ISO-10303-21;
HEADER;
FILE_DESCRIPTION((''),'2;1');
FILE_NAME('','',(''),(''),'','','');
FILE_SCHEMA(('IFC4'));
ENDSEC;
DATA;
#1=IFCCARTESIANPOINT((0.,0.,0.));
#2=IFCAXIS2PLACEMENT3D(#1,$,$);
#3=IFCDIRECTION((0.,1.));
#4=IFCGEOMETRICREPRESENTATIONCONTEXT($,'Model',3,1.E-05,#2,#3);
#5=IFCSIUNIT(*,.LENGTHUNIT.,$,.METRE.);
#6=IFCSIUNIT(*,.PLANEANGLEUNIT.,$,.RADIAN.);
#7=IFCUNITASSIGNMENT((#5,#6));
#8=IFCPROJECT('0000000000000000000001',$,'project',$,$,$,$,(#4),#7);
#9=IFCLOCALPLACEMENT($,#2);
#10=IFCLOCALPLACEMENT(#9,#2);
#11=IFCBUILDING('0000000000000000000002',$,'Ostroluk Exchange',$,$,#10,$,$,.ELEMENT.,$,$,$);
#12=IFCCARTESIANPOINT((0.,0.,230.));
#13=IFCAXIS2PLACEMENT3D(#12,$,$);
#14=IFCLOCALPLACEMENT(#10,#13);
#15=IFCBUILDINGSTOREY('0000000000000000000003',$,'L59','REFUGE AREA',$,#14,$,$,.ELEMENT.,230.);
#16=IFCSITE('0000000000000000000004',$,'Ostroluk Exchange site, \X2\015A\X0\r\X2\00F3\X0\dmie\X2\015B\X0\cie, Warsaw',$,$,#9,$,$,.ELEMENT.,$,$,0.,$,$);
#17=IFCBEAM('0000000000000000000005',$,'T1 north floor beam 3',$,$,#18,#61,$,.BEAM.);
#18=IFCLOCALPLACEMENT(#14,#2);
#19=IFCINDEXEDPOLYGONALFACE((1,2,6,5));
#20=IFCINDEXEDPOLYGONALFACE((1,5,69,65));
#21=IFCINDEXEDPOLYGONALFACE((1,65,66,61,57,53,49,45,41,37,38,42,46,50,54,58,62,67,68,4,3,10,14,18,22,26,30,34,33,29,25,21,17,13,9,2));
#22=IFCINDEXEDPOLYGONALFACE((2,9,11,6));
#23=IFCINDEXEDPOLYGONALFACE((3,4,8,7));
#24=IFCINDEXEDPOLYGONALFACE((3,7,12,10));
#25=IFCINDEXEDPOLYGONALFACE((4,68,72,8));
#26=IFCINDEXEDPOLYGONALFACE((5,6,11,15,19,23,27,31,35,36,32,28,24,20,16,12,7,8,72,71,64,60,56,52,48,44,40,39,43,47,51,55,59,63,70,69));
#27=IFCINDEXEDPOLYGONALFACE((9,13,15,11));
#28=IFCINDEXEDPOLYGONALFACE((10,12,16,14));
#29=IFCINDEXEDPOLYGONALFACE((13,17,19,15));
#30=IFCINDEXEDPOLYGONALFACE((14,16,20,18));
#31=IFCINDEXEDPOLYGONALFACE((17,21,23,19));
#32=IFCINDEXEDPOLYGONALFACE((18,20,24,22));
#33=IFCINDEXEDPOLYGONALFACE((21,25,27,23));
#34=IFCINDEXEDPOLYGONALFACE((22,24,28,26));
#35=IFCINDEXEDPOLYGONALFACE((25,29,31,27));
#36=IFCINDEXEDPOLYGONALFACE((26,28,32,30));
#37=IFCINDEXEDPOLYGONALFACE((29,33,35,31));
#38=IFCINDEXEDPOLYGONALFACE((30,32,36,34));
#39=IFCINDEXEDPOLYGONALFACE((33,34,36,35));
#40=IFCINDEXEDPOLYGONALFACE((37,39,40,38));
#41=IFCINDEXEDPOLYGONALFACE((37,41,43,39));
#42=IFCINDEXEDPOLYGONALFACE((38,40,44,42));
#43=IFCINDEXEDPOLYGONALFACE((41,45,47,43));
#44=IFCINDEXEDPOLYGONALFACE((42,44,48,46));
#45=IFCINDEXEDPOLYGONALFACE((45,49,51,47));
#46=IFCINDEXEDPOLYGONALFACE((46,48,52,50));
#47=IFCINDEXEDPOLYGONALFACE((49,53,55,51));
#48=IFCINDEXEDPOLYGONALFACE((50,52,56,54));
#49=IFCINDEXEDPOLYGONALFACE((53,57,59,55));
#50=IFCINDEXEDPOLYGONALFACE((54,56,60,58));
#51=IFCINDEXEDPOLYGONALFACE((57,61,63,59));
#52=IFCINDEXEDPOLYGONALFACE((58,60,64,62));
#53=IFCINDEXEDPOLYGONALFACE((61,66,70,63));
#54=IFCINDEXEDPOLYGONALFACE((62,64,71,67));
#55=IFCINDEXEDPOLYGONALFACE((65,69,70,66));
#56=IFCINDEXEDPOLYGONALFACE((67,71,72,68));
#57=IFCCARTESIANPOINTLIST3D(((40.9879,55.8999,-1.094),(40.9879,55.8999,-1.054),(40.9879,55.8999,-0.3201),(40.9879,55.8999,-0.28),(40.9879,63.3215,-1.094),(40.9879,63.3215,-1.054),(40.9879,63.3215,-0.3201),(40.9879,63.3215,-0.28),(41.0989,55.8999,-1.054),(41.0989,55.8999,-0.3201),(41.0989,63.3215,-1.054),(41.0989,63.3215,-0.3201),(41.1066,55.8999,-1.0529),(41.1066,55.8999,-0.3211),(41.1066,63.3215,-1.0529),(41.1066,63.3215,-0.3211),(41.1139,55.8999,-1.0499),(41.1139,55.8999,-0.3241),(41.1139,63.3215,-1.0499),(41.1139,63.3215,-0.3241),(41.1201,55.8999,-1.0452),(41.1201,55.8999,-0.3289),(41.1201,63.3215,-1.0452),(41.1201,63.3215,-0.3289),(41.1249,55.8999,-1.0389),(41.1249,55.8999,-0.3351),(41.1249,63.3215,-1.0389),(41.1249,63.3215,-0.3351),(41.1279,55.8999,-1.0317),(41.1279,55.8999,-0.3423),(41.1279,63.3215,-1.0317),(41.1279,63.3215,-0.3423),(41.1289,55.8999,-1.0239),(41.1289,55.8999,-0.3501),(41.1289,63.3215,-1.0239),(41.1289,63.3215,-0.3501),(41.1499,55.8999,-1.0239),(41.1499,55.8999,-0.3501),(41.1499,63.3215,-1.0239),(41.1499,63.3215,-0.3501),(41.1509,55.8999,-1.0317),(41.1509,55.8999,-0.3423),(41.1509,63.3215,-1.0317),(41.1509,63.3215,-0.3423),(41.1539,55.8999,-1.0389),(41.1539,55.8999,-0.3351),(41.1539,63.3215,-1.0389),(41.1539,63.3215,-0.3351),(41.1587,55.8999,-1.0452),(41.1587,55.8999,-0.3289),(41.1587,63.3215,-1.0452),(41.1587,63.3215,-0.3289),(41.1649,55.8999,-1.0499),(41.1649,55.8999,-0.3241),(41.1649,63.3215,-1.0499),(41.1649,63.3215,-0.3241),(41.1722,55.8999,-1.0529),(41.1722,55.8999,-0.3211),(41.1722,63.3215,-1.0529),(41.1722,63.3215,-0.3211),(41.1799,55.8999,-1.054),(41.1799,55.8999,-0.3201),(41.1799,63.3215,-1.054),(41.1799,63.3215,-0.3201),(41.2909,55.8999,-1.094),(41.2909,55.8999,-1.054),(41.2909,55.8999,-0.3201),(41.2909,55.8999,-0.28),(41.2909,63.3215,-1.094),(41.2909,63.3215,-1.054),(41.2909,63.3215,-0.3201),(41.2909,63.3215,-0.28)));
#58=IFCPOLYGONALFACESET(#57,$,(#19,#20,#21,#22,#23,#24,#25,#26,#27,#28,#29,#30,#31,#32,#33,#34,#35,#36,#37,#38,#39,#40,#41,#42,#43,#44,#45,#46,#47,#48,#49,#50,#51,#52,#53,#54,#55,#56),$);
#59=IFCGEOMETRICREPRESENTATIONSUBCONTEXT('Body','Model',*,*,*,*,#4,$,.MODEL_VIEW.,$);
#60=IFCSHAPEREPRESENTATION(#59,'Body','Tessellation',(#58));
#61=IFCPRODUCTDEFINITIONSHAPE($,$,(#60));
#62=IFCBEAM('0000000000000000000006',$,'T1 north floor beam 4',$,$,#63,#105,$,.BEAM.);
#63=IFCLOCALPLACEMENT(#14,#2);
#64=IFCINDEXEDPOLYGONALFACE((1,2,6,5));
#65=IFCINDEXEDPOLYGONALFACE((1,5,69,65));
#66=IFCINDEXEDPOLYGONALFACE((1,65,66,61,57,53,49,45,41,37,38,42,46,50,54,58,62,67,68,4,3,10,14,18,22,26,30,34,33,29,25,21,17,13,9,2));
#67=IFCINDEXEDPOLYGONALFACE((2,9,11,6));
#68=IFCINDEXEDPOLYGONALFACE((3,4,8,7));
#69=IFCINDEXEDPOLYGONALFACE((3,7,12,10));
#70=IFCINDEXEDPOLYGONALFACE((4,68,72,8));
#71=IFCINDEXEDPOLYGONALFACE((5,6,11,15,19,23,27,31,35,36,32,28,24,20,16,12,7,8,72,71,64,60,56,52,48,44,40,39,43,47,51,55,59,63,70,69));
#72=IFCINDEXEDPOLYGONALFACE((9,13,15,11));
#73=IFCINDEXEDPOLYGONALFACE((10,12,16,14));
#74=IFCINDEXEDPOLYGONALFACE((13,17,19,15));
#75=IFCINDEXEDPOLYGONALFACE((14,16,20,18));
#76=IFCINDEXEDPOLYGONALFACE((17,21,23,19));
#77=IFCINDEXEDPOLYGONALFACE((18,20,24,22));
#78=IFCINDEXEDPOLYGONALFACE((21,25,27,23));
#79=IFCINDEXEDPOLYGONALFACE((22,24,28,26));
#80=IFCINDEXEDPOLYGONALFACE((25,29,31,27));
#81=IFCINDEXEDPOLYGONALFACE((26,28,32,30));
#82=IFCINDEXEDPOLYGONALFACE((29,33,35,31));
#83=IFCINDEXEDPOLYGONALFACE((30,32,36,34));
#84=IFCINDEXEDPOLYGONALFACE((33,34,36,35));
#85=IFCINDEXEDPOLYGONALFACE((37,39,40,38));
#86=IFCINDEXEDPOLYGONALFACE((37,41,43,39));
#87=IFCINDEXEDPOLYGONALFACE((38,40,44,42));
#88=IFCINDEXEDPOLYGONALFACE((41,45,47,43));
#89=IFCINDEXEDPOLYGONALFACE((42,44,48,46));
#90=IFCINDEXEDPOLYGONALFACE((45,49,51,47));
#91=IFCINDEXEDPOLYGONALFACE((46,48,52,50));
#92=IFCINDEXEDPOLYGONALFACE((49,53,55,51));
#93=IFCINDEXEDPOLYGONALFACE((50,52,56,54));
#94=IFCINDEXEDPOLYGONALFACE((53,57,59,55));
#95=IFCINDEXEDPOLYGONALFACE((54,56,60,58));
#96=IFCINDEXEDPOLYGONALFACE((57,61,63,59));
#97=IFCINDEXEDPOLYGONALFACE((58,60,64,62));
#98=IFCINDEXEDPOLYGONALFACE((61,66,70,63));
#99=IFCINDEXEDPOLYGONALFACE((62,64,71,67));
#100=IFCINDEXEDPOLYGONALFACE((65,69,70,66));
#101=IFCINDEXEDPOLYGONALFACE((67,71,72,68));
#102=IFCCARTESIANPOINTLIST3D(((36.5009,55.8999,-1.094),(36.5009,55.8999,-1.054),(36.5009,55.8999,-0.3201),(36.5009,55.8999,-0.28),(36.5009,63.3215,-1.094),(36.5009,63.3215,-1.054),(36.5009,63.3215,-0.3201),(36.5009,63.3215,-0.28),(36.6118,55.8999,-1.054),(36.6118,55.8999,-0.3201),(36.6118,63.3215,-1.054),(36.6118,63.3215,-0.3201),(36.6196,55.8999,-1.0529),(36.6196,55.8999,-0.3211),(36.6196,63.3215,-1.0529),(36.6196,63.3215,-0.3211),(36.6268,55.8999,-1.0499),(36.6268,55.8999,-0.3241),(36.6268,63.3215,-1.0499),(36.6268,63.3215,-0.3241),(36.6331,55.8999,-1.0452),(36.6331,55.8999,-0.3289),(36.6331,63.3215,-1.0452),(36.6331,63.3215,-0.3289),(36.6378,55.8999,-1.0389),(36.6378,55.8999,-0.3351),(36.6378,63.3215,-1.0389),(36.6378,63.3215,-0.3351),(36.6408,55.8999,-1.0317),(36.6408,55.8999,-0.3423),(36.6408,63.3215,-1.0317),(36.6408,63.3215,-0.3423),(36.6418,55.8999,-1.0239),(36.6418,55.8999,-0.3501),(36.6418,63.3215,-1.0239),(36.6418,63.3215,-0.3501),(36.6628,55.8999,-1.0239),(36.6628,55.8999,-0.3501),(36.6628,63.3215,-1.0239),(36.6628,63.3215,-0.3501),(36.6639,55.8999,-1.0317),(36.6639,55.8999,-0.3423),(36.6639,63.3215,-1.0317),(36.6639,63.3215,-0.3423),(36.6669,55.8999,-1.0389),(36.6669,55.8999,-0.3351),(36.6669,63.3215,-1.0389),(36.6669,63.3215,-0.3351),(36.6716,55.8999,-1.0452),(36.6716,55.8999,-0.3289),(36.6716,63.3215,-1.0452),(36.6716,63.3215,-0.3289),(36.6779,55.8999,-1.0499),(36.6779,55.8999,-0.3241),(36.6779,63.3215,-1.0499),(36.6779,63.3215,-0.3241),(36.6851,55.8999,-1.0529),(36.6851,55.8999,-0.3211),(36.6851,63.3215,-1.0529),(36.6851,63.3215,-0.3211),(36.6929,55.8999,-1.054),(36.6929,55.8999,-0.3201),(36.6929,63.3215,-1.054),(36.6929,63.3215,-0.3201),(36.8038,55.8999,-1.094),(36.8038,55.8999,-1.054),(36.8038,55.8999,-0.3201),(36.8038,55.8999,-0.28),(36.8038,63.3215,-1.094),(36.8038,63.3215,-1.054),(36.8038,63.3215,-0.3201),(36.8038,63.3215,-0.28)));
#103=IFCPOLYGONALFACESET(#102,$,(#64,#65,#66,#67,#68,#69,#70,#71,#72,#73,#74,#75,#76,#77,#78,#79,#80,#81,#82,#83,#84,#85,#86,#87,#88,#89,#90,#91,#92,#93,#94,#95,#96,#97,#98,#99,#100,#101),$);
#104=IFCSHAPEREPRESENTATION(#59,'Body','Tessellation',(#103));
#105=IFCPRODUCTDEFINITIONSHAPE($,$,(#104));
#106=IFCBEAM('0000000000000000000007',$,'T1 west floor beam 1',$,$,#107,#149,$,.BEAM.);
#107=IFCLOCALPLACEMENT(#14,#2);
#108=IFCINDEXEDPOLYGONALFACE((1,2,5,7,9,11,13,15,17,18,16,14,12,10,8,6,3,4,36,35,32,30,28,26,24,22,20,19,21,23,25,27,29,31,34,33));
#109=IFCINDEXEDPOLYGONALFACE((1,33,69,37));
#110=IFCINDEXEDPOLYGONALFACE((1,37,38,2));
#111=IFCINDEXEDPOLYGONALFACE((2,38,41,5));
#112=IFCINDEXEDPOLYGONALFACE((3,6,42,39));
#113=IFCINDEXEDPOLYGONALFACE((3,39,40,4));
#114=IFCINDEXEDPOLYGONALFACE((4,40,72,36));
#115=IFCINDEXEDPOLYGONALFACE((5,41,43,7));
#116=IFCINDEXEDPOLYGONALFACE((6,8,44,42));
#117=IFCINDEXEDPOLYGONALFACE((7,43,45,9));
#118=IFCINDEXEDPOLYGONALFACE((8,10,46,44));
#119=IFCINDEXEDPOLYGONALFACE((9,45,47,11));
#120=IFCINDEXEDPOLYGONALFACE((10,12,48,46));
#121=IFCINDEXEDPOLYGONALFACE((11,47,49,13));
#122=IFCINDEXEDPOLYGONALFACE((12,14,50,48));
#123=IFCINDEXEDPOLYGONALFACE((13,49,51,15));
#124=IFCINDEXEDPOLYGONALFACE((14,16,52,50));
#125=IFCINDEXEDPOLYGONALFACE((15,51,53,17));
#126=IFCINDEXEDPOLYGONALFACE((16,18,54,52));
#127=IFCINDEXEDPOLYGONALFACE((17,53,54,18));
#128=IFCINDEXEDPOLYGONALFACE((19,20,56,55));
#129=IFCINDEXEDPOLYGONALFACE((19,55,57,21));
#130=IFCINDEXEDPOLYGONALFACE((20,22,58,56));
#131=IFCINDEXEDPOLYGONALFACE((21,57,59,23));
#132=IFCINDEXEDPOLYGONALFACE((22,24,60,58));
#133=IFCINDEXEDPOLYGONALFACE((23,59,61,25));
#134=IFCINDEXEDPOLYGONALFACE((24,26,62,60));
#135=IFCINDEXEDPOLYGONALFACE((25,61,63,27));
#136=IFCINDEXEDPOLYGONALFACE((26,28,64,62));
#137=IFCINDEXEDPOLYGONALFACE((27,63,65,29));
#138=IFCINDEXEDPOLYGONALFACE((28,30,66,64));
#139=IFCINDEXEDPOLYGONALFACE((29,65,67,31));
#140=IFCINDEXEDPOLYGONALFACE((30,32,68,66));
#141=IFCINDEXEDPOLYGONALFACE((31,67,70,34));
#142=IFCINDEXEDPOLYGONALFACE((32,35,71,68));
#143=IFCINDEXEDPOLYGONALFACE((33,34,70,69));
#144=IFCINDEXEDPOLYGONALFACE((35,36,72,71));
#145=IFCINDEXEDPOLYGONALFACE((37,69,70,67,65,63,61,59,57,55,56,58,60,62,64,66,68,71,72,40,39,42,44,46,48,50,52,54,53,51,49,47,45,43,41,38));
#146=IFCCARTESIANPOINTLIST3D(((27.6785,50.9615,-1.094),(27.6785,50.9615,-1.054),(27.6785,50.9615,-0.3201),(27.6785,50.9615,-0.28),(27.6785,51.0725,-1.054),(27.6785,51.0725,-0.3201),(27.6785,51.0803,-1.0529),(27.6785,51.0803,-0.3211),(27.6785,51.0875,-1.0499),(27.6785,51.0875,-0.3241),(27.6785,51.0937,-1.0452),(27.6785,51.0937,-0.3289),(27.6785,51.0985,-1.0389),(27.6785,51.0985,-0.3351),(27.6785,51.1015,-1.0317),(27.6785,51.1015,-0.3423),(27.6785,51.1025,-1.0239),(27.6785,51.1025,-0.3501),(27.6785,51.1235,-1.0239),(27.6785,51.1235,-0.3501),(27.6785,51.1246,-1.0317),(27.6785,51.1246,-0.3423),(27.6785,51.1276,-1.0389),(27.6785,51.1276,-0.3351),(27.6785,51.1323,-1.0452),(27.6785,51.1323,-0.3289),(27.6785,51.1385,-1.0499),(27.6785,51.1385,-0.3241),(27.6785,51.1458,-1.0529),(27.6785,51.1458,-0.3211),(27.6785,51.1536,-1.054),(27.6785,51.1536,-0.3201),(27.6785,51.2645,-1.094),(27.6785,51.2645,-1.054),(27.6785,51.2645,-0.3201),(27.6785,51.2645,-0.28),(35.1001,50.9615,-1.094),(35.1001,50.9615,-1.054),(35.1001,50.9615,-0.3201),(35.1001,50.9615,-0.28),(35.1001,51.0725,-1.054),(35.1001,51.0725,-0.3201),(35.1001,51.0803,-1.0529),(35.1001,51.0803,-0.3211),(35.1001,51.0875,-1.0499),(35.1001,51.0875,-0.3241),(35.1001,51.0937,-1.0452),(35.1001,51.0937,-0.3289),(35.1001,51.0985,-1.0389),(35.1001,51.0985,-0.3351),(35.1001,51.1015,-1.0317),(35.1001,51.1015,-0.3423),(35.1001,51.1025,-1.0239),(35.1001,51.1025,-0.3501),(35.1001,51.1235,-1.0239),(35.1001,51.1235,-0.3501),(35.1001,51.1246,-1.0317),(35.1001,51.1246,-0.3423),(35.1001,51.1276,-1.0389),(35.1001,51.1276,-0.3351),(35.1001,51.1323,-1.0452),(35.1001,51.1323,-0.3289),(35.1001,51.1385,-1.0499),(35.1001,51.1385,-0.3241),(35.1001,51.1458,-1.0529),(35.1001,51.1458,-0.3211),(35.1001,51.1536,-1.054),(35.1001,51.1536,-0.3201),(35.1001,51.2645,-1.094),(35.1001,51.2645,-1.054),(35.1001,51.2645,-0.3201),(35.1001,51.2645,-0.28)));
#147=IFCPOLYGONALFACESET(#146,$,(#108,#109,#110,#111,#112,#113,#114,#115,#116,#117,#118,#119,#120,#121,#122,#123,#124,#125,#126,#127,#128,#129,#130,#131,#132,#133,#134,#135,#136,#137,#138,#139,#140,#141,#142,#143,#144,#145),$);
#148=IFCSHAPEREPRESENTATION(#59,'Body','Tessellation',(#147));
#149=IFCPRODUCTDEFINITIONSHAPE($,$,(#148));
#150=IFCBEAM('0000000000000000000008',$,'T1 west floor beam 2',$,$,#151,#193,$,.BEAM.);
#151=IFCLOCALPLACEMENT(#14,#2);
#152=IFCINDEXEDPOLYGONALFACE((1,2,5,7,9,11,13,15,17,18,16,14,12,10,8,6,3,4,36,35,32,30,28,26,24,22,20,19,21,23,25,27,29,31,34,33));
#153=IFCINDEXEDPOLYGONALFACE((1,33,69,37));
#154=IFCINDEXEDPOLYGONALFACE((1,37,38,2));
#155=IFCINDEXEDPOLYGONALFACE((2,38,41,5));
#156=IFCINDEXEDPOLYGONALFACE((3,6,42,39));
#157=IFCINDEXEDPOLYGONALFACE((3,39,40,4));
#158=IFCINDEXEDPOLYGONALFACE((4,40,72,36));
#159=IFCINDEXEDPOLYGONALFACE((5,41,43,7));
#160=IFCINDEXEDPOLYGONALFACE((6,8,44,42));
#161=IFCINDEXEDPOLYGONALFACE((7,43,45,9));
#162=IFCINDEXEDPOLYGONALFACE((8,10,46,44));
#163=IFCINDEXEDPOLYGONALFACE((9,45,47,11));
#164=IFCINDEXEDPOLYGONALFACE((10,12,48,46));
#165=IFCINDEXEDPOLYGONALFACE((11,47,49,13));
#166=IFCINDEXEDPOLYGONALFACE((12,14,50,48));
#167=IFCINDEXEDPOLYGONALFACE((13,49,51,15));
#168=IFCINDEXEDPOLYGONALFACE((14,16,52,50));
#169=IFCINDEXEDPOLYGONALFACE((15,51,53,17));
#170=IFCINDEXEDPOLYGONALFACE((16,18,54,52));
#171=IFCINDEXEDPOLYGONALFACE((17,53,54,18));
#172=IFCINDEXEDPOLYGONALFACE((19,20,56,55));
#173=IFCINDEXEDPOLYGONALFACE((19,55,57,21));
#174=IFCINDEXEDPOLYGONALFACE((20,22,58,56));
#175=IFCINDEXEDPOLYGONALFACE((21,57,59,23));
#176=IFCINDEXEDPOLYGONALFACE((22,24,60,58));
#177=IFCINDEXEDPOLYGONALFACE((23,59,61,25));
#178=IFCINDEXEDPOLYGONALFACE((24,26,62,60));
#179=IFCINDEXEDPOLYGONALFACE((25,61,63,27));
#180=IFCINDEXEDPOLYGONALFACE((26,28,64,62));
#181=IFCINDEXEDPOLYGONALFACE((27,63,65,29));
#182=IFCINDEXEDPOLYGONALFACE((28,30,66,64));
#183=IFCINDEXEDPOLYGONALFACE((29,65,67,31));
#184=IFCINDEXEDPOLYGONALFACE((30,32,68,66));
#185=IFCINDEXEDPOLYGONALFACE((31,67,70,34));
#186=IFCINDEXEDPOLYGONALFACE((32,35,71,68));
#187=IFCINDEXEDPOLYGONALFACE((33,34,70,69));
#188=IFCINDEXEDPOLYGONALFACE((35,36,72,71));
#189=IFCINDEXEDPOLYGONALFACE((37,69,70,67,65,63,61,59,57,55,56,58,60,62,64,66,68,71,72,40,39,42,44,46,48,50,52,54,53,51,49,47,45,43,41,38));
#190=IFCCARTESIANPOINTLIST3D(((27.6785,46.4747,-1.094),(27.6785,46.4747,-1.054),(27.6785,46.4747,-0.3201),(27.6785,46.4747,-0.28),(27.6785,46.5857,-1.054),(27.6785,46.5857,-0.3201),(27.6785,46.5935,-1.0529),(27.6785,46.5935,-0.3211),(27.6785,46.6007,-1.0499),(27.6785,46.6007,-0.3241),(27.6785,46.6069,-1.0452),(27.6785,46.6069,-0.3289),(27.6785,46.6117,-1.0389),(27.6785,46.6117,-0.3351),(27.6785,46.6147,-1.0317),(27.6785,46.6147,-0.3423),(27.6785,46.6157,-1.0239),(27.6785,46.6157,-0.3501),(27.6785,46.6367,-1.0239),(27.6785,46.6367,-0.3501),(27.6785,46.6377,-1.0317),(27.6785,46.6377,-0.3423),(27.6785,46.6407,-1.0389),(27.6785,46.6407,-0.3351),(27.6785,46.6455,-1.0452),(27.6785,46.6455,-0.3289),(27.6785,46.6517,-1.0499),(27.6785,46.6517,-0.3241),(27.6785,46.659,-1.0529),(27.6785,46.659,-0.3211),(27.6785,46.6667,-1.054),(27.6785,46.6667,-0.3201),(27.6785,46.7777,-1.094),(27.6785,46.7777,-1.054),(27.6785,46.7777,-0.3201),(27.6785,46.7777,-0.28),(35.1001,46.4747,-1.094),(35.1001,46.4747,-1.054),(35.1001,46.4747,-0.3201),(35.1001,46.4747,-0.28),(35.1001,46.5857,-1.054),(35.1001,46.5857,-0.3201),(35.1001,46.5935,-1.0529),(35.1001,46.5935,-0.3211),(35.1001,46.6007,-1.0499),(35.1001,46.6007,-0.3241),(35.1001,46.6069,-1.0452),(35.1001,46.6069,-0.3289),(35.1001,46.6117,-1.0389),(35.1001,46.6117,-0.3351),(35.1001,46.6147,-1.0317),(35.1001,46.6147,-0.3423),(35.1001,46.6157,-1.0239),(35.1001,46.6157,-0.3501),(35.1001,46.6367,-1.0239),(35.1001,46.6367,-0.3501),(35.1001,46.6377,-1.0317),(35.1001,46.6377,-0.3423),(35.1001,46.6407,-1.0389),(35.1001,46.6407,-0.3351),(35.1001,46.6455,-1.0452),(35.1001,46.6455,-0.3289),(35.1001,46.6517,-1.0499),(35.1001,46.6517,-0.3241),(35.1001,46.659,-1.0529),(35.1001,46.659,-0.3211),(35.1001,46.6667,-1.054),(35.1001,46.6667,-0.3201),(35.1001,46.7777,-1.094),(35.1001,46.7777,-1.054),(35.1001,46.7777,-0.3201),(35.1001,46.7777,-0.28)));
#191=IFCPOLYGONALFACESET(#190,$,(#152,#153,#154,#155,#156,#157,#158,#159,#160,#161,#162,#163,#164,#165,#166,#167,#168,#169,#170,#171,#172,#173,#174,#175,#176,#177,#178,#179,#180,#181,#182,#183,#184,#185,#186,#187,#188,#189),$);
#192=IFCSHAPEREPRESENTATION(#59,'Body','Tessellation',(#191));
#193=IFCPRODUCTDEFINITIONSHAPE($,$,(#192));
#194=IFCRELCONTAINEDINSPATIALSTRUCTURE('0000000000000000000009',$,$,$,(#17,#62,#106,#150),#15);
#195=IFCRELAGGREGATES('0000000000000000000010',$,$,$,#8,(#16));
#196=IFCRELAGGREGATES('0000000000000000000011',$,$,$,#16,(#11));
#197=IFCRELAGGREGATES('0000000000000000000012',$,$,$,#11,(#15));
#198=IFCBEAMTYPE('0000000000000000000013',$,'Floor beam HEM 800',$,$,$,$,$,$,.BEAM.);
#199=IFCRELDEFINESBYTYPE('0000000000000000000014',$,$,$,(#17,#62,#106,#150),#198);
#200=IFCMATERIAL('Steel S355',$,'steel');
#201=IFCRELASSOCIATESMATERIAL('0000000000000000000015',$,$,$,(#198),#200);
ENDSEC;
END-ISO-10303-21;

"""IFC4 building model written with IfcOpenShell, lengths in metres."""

from ifc_helpers import new_model, si_unit, direction, frame, origin, origin_2d, place, context, subcontext, project, spatial, i_section, extrude, material, material_profile, profile_set, type_object, element, save


model = new_model("IFC4")

# Units and contexts
model_context = context("Model", 3, precision=1e-05, world=origin(), true_north=direction((0.0, 1.0)))
body_context = subcontext(model_context, "Body", "Model", "MODEL_VIEW")
ifc_project = project(units=[si_unit("LENGTHUNIT", "METRE"), si_unit("PLANEANGLEUNIT", "RADIAN")], contexts=[model_context])

# Site, building, storey
site_placement = place(None, origin())
site = spatial("IfcSite", under=ifc_project, at=site_placement, Name="Ostroluk Exchange site, Śródmieście, Warsaw", CompositionType="ELEMENT", RefElevation=0.0)
building_placement = place(site_placement, origin())
building = spatial("IfcBuilding", under=site, at=building_placement, Name="Ostroluk Exchange", CompositionType="ELEMENT")
storey_placement = place(building_placement, frame((0.0, 0.0, 230.0)))
storey = spatial("IfcBuildingStorey", under=building, at=storey_placement, Name="L59", Description="REFUGE AREA", CompositionType="ELEMENT", Elevation=230.0)

# Beams
ifc_material_1 = material(Name="Steel S355", Category="steel")
ifc_material_profile_1 = material_profile(ifc_material_1, i_section(OverallWidth=0.303, OverallDepth=0.814, WebThickness=0.021, FlangeThickness=0.04, FilletRadius=0.03, at=origin_2d()), Name="HEM 800")
ifc_profile_set_1 = profile_set([ifc_material_profile_1], Name="Steel S355")
beam_type_1 = type_object("IfcBeamType", Name="Floor beam HEM 800", PredefinedType="BEAM", material=ifc_profile_set_1)
for number, where, z_axis, x_axis, name in (
    (1, (41.1394, 55.8999, -0.687), (0.0, 1.0, 0.0), (-1.0, 0.0, 0.0), "T1 north floor beam 3"),
    (2, (36.6523, 55.8999, -0.687), (0.0, 1.0, 0.0), (-1.0, 0.0, 0.0), "T1 north floor beam 4"),
    (3, (35.1001, 51.113, -0.687), (-1.0, 0.0, 0.0), (0.0, -1.0, 0.0), "T1 west floor beam 1"),
    (4, (35.1001, 46.6262, -0.687), (-1.0, 0.0, 0.0), (0.0, -1.0, 0.0), "T1 west floor beam 2"),
):
    element("IfcBeam", number, at=place(storey_placement, frame(where, z_axis=z_axis, x_axis=x_axis)), inside=storey, type_object=beam_type_1, Name=name, PredefinedType="BEAM", context=body_context, shape_type="SweptSolid", body=[
        extrude(i_section(OverallWidth=0.303, OverallDepth=0.814, WebThickness=0.021, FlangeThickness=0.04, FilletRadius=0.03, at=origin_2d()), origin(), (0.0, 0.0, 1.0), 7.4216),
    ])

save(model, "model.ifc")
